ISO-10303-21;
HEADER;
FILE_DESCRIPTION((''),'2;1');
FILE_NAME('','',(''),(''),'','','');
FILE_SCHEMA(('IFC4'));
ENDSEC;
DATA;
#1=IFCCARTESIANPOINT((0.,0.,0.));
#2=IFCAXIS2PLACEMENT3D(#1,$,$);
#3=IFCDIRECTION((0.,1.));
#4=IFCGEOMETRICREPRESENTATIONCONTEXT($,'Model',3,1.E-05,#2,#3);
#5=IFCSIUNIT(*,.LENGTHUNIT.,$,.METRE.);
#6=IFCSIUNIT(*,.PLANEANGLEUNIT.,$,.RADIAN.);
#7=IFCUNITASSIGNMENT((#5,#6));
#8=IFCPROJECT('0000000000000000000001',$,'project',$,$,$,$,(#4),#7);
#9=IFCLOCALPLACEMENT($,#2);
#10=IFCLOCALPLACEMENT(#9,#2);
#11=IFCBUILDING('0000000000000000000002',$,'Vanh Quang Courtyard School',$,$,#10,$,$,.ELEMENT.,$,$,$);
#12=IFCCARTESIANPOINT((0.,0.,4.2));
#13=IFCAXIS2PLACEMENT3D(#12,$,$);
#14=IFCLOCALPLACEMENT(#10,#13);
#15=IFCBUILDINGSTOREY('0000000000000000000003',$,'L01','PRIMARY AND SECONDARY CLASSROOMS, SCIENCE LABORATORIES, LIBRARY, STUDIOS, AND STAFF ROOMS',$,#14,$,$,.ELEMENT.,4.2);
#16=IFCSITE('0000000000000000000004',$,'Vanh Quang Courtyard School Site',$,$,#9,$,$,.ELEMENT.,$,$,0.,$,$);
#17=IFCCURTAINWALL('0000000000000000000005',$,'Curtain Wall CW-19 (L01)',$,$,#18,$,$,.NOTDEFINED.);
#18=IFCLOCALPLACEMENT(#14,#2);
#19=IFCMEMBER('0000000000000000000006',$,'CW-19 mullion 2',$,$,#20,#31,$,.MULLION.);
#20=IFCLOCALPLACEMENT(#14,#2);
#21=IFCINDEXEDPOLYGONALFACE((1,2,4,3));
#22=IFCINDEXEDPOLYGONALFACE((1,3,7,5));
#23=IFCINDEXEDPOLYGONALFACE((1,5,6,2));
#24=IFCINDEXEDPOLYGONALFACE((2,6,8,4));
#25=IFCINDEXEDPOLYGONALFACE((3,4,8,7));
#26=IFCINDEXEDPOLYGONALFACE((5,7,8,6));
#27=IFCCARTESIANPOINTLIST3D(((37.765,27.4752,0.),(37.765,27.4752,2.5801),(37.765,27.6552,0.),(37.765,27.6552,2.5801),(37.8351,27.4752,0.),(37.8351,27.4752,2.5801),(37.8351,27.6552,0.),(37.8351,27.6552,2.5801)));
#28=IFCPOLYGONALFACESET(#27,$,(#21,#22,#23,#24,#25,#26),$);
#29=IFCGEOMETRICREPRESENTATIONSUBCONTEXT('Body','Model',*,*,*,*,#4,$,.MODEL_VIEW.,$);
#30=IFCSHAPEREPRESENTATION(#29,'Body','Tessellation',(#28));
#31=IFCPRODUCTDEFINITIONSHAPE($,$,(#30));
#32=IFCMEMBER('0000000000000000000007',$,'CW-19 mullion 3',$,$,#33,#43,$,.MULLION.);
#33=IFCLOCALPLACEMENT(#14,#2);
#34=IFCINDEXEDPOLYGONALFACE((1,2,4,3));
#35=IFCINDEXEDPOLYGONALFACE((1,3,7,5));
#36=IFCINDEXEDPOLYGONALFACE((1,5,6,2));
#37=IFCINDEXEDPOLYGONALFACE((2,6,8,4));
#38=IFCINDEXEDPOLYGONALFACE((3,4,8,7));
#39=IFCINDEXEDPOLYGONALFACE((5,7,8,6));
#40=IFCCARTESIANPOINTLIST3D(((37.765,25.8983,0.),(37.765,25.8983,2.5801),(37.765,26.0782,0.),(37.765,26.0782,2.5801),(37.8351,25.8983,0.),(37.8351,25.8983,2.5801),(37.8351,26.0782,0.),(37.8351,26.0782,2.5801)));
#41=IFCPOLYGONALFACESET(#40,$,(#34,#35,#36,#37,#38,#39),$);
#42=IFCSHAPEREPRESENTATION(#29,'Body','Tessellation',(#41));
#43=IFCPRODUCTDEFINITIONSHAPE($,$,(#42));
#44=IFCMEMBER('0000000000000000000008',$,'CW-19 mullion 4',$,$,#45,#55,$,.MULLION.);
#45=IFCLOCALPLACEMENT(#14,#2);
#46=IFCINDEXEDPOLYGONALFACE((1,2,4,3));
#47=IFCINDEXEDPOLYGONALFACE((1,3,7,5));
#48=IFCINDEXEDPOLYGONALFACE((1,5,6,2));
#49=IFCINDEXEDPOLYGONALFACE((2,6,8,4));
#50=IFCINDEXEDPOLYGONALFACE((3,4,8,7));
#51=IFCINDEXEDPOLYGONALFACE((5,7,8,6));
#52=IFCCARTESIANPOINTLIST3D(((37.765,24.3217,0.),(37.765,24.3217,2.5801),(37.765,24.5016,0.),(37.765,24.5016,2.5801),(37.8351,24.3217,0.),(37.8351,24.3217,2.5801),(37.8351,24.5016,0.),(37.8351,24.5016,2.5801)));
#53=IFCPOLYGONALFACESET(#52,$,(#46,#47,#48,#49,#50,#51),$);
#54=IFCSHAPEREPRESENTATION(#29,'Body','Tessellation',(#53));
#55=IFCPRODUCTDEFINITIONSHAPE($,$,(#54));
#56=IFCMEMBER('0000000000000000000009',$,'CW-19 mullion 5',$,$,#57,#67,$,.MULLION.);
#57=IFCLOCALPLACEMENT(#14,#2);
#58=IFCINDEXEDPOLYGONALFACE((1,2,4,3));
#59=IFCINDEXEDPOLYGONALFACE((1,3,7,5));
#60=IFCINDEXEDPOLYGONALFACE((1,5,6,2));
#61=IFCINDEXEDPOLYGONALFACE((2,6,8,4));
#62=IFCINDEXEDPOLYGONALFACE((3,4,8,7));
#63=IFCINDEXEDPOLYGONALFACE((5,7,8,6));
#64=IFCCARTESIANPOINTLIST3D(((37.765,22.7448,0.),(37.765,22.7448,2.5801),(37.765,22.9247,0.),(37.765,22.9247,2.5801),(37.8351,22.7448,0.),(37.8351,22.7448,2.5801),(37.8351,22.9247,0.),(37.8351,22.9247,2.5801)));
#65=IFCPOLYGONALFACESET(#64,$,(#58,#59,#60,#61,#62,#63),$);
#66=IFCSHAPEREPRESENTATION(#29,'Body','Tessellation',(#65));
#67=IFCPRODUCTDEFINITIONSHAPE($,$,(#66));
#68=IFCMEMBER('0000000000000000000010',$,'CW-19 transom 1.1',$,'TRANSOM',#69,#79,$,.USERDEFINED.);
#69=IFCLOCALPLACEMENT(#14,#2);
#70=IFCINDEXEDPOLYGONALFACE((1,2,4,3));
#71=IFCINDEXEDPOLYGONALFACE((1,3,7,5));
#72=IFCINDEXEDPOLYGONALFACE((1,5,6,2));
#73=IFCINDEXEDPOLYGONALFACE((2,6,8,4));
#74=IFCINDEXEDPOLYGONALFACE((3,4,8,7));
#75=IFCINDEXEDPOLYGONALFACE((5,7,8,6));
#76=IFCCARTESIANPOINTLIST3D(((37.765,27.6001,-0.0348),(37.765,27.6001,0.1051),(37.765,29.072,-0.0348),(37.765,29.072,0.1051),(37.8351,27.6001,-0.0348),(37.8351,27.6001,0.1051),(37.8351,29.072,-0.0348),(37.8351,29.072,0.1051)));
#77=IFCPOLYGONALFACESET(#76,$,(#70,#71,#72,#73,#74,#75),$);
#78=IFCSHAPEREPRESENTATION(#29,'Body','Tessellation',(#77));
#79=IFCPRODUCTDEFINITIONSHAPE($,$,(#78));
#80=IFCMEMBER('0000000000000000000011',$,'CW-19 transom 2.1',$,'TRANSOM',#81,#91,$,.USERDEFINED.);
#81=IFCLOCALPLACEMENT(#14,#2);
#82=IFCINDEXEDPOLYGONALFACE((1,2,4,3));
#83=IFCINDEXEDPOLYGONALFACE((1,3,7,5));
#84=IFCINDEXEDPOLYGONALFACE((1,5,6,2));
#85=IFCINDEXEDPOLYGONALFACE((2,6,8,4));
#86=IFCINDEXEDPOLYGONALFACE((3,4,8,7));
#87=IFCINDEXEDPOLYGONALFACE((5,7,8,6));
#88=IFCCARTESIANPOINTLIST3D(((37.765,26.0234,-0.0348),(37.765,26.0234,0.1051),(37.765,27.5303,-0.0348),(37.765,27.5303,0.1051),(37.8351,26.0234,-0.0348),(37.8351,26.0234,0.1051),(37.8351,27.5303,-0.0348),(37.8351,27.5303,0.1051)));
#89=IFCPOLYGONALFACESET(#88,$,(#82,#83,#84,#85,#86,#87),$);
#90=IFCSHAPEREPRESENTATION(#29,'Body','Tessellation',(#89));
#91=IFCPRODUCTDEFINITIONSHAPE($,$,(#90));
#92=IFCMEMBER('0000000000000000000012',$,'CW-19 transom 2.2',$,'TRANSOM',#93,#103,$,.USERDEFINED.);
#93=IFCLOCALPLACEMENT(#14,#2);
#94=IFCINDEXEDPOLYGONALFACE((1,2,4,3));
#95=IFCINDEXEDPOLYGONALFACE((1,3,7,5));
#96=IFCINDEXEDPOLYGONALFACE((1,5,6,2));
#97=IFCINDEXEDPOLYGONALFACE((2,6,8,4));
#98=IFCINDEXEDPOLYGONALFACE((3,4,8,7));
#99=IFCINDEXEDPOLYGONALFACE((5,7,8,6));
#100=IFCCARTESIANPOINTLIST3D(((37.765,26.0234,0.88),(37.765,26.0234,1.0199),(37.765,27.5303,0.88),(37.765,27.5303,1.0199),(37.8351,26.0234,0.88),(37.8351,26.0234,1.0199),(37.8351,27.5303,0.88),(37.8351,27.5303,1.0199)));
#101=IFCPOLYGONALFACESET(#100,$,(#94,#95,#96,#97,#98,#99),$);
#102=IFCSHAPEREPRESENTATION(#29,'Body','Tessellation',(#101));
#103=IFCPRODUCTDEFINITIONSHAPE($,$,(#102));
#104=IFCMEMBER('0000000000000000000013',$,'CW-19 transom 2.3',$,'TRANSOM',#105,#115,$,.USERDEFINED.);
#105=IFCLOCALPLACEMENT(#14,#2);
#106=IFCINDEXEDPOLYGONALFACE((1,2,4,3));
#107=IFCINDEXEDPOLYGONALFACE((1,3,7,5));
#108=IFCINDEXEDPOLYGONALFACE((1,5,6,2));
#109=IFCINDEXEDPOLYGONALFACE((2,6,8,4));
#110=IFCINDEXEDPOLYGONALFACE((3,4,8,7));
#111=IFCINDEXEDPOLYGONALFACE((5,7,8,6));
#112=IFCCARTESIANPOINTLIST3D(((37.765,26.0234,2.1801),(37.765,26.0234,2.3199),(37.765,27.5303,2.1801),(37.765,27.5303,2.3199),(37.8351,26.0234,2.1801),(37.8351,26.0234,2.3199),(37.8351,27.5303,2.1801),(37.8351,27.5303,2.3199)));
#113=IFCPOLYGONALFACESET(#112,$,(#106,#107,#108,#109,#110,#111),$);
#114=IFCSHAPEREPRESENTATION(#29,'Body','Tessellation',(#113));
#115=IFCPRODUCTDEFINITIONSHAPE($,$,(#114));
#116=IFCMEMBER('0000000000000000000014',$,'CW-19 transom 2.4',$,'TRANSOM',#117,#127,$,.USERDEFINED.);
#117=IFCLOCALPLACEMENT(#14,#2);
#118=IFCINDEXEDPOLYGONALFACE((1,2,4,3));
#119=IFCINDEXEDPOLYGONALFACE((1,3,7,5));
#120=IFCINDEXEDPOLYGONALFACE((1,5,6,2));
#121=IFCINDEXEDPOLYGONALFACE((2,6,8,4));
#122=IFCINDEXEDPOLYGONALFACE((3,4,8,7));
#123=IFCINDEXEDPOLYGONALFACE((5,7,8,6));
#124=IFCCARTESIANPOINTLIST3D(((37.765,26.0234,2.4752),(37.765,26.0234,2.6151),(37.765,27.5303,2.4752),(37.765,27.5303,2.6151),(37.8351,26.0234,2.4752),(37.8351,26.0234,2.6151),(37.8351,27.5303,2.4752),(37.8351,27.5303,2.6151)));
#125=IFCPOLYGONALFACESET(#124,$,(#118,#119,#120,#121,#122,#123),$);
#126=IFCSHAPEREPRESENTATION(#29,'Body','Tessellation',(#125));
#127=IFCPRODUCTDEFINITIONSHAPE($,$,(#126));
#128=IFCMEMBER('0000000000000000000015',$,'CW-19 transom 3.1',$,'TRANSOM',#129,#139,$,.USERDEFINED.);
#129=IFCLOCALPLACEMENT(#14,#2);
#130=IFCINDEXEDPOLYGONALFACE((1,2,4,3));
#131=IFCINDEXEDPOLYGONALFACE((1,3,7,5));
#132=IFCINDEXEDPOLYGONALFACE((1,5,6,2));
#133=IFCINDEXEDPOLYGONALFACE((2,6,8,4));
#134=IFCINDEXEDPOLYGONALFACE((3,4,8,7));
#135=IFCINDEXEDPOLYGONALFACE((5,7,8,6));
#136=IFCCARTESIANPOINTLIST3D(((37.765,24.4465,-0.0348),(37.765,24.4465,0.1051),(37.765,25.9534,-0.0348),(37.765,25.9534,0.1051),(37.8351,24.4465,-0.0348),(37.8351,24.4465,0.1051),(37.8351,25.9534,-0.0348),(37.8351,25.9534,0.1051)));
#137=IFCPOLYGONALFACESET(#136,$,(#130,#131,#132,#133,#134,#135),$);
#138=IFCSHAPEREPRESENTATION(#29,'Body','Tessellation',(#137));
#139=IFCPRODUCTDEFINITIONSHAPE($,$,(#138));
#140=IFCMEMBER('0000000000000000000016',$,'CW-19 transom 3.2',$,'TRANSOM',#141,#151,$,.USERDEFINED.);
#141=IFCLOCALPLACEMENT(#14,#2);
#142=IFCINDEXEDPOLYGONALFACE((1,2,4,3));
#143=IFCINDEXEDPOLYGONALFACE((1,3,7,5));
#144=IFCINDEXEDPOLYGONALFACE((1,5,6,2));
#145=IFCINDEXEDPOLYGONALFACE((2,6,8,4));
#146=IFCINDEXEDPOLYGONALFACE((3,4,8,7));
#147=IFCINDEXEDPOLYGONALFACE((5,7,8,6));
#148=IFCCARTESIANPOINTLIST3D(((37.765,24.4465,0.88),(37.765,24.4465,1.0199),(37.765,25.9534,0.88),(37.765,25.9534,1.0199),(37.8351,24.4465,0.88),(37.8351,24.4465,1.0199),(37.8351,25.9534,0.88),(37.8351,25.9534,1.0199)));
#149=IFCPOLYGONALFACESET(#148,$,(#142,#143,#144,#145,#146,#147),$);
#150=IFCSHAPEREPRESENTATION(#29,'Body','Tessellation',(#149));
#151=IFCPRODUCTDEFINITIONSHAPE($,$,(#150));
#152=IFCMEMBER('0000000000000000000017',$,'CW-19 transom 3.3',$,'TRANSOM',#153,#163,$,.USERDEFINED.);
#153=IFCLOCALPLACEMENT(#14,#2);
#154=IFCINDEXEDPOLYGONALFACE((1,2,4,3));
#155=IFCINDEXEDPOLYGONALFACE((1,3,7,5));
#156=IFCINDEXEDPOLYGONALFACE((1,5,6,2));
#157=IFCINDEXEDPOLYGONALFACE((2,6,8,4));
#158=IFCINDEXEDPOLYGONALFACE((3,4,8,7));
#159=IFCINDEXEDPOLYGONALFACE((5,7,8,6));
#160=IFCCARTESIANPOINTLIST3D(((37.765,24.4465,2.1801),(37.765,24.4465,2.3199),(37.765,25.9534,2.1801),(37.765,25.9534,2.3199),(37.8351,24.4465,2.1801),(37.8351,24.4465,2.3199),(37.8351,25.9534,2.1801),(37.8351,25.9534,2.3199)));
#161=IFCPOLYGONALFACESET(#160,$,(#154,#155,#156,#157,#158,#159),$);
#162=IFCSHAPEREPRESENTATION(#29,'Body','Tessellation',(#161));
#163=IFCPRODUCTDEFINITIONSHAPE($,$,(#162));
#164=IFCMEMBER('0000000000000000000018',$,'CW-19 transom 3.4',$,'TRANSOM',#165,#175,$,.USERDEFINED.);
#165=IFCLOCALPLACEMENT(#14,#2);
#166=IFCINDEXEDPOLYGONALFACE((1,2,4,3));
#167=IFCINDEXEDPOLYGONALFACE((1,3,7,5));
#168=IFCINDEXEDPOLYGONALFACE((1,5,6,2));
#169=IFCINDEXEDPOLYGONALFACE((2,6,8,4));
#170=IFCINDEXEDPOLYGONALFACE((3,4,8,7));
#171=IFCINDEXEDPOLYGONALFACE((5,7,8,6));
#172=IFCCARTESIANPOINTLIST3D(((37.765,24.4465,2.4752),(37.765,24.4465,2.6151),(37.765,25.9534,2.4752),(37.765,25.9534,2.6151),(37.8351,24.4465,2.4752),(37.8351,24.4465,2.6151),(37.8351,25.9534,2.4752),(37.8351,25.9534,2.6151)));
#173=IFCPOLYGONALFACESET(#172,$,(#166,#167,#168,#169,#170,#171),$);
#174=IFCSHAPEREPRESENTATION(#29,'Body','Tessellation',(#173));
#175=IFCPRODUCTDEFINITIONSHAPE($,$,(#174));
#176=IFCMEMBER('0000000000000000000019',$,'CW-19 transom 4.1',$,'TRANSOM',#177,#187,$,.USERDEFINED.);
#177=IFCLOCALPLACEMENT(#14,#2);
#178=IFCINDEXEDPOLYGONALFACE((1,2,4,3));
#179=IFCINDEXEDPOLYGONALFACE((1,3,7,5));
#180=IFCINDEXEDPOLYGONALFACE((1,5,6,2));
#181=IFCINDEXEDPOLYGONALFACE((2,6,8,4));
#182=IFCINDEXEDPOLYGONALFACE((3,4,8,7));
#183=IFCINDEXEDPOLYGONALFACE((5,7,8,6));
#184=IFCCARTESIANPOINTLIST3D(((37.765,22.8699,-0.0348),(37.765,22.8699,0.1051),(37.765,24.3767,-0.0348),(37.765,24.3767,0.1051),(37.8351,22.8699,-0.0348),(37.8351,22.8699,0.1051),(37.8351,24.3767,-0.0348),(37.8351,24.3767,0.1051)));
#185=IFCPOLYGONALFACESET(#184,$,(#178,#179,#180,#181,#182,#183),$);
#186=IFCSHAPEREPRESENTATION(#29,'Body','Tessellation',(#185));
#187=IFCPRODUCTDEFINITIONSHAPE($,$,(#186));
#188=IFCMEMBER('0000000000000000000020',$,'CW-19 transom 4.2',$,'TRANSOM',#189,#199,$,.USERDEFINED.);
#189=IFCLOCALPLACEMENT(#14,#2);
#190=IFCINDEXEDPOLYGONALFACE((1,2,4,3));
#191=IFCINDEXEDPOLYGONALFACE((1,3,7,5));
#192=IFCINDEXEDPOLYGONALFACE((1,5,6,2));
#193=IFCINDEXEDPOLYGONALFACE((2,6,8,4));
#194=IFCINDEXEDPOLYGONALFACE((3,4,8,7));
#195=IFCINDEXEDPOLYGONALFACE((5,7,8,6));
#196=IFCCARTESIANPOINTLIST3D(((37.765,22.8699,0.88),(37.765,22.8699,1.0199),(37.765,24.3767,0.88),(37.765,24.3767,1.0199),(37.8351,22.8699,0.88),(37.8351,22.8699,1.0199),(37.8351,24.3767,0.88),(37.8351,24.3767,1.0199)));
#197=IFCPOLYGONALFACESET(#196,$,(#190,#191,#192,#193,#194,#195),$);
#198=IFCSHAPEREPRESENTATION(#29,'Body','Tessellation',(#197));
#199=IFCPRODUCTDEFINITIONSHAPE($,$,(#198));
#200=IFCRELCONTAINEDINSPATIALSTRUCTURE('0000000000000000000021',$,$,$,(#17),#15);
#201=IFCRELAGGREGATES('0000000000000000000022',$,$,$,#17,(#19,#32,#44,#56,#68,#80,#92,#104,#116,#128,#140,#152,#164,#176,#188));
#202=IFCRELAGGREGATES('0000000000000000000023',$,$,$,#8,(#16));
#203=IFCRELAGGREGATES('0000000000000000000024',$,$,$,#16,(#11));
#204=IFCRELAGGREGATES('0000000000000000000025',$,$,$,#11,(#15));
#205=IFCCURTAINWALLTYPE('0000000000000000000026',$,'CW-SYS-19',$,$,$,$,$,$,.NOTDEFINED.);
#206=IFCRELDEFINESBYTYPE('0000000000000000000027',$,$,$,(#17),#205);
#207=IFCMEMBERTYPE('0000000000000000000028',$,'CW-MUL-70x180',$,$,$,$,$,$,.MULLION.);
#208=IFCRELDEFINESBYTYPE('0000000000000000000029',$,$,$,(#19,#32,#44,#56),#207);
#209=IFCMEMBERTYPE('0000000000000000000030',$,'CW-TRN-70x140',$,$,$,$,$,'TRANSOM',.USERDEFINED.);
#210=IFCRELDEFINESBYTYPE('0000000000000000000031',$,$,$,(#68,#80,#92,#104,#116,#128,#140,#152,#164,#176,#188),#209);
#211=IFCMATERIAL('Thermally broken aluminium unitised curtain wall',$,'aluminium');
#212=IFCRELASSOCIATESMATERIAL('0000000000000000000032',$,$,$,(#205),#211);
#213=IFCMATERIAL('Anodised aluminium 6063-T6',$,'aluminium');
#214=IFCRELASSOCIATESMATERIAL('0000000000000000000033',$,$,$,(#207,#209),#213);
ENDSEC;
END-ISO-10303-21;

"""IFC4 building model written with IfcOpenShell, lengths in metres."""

from ifc_helpers import new_model, si_unit, direction, frame, origin, origin_2d, place, context, subcontext, project, spatial, rectangle, extrude, material, material_profile, profile_set, type_object, element, aggregate, save


model = new_model("IFC4")

# Units and contexts
model_context = context("Model", 3, precision=1e-05, world=origin(), true_north=direction((0.0, 1.0)))
body_context = subcontext(model_context, "Body", "Model", "MODEL_VIEW")
ifc_project = project(units=[si_unit("LENGTHUNIT", "METRE"), si_unit("PLANEANGLEUNIT", "RADIAN")], contexts=[model_context])

# Site, building, storey
site_placement = place(None, origin())
site = spatial("IfcSite", under=ifc_project, at=site_placement, Name="Vanh Quang Courtyard School Site", CompositionType="ELEMENT", RefElevation=0.0)
building_placement = place(site_placement, origin())
building = spatial("IfcBuilding", under=site, at=building_placement, Name="Vanh Quang Courtyard School", CompositionType="ELEMENT")
storey_placement = place(building_placement, frame((0.0, 0.0, 4.2)))
storey = spatial("IfcBuildingStorey", under=building, at=storey_placement, Name="L01", Description="PRIMARY AND SECONDARY CLASSROOMS, SCIENCE LABORATORIES, LIBRARY, STUDIOS, AND STAFF ROOMS", CompositionType="ELEMENT", Elevation=4.2)

# Curtain wall, members
ifc_material_1 = material(Name="Thermally broken aluminium unitised curtain wall", Category="aluminium")
curtain_wall_type = type_object("IfcCurtainWallType", Name="CW-SYS-19", PredefinedType="NOTDEFINED", material=ifc_material_1)
curtain_wall_placement = place(storey_placement, origin())
curtain_wall = element("IfcCurtainWall", 1, at=curtain_wall_placement, inside=storey, type_object=curtain_wall_type, Name="Curtain Wall CW-19 (L01)", PredefinedType="NOTDEFINED")
ifc_material_2 = material(Name="Anodised aluminium 6063-T6", Category="aluminium")
ifc_material_profile_1 = material_profile(ifc_material_2, rectangle(XDim=0.0701, YDim=0.1799, at=origin_2d()), Name="ALU-MUL 70x180")
ifc_profile_set_1 = profile_set([ifc_material_profile_1], Name="Anodised aluminium 6063-T6")
member_type_1 = type_object("IfcMemberType", Name="CW-MUL-70x180", PredefinedType="MULLION", material=ifc_profile_set_1)
member_1_placement = place(storey_placement, frame((37.8, 27.5652, 0.0), z_axis=(0.0, 0.0, 1.0), x_axis=(1.0, 0.0, 0.0)))
member_1 = element("IfcMember", 2, at=member_1_placement, type_object=member_type_1, Name="CW-19 mullion 2", PredefinedType="MULLION", context=body_context, shape_type="SweptSolid", body=[
    extrude(rectangle(XDim=0.0701, YDim=0.1799, at=origin_2d()), origin(), (0.0, 0.0, 1.0), 2.5801),
])
member_2_placement = place(storey_placement, frame((37.8, 25.9883, 0.0), z_axis=(0.0, 0.0, 1.0), x_axis=(1.0, 0.0, 0.0)))
member_2 = element("IfcMember", 3, at=member_2_placement, type_object=member_type_1, Name="CW-19 mullion 3", PredefinedType="MULLION", context=body_context, shape_type="SweptSolid", body=[
    extrude(rectangle(XDim=0.0701, YDim=0.1799, at=origin_2d()), origin(), (0.0, 0.0, 1.0), 2.5801),
])
member_3_placement = place(storey_placement, frame((37.8, 24.4116, 0.0), z_axis=(0.0, 0.0, 1.0), x_axis=(1.0, 0.0, 0.0)))
member_3 = element("IfcMember", 4, at=member_3_placement, type_object=member_type_1, Name="CW-19 mullion 4", PredefinedType="MULLION", context=body_context, shape_type="SweptSolid", body=[
    extrude(rectangle(XDim=0.0701, YDim=0.1799, at=origin_2d()), origin(), (0.0, 0.0, 1.0), 2.5801),
])
member_4_placement = place(storey_placement, frame((37.8, 22.8347, 0.0), z_axis=(0.0, 0.0, 1.0), x_axis=(1.0, 0.0, 0.0)))
member_4 = element("IfcMember", 5, at=member_4_placement, type_object=member_type_1, Name="CW-19 mullion 5", PredefinedType="MULLION", context=body_context, shape_type="SweptSolid", body=[
    extrude(rectangle(XDim=0.0701, YDim=0.1799, at=origin_2d()), origin(), (0.0, 0.0, 1.0), 2.5801),
])
ifc_material_profile_2 = material_profile(ifc_material_2, rectangle(XDim=0.0701, YDim=0.1399, at=origin_2d()), Name="ALU-TRN 70x140")
ifc_profile_set_2 = profile_set([ifc_material_profile_2], Name="Anodised aluminium 6063-T6")
member_type_2 = type_object("IfcMemberType", Name="CW-TRN-70x140", ElementType="TRANSOM", PredefinedType="USERDEFINED", material=ifc_profile_set_2)
member_5_placement = place(storey_placement, frame((37.8, 29.072, 0.0352), z_axis=(0.0, -1.0, 0.0), x_axis=(1.0, 0.0, 0.0)))
member_5 = element("IfcMember", 6, at=member_5_placement, type_object=member_type_2, Name="CW-19 transom 1.1", ObjectType="TRANSOM", PredefinedType="USERDEFINED", context=body_context, shape_type="SweptSolid", body=[
    extrude(rectangle(XDim=0.0701, YDim=0.1399, at=origin_2d()), origin(), (0.0, 0.0, 1.0), 1.4719),
])
member_6_placement = place(storey_placement, frame((37.8, 27.5303, 0.0352), z_axis=(0.0, -1.0, 0.0), x_axis=(1.0, 0.0, 0.0)))
member_6 = element("IfcMember", 7, at=member_6_placement, type_object=member_type_2, Name="CW-19 transom 2.1", ObjectType="TRANSOM", PredefinedType="USERDEFINED", context=body_context, shape_type="SweptSolid", body=[
    extrude(rectangle(XDim=0.0701, YDim=0.1399, at=origin_2d()), origin(), (0.0, 0.0, 1.0), 1.5068),
])
member_7_placement = place(storey_placement, frame((37.8, 27.5303, 0.95), z_axis=(0.0, -1.0, 0.0), x_axis=(1.0, 0.0, 0.0)))
member_7 = element("IfcMember", 8, at=member_7_placement, type_object=member_type_2, Name="CW-19 transom 2.2", ObjectType="TRANSOM", PredefinedType="USERDEFINED", context=body_context, shape_type="SweptSolid", body=[
    extrude(rectangle(XDim=0.0701, YDim=0.1399, at=origin_2d()), origin(), (0.0, 0.0, 1.0), 1.5068),
])
member_8_placement = place(storey_placement, frame((37.8, 27.5303, 2.25), z_axis=(0.0, -1.0, 0.0), x_axis=(1.0, 0.0, 0.0)))
member_8 = element("IfcMember", 9, at=member_8_placement, type_object=member_type_2, Name="CW-19 transom 2.3", ObjectType="TRANSOM", PredefinedType="USERDEFINED", context=body_context, shape_type="SweptSolid", body=[
    extrude(rectangle(XDim=0.0701, YDim=0.1399, at=origin_2d()), origin(), (0.0, 0.0, 1.0), 1.5068),
])
member_9_placement = place(storey_placement, frame((37.8, 27.5303, 2.5452), z_axis=(0.0, -1.0, 0.0), x_axis=(1.0, 0.0, 0.0)))
member_9 = element("IfcMember", 10, at=member_9_placement, type_object=member_type_2, Name="CW-19 transom 2.4", ObjectType="TRANSOM", PredefinedType="USERDEFINED", context=body_context, shape_type="SweptSolid", body=[
    extrude(rectangle(XDim=0.0701, YDim=0.1399, at=origin_2d()), origin(), (0.0, 0.0, 1.0), 1.5068),
])
member_10_placement = place(storey_placement, frame((37.8, 25.9534, 0.0352), z_axis=(0.0, -1.0, 0.0), x_axis=(1.0, 0.0, 0.0)))
member_10 = element("IfcMember", 11, at=member_10_placement, type_object=member_type_2, Name="CW-19 transom 3.1", ObjectType="TRANSOM", PredefinedType="USERDEFINED", context=body_context, shape_type="SweptSolid", body=[
    extrude(rectangle(XDim=0.0701, YDim=0.1399, at=origin_2d()), origin(), (0.0, 0.0, 1.0), 1.5068),
])
member_11_placement = place(storey_placement, frame((37.8, 25.9534, 0.95), z_axis=(0.0, -1.0, 0.0), x_axis=(1.0, 0.0, 0.0)))
member_11 = element("IfcMember", 12, at=member_11_placement, type_object=member_type_2, Name="CW-19 transom 3.2", ObjectType="TRANSOM", PredefinedType="USERDEFINED", context=body_context, shape_type="SweptSolid", body=[
    extrude(rectangle(XDim=0.0701, YDim=0.1399, at=origin_2d()), origin(), (0.0, 0.0, 1.0), 1.5068),
])
member_12_placement = place(storey_placement, frame((37.8, 25.9534, 2.25), z_axis=(0.0, -1.0, 0.0), x_axis=(1.0, 0.0, 0.0)))
member_12 = element("IfcMember", 13, at=member_12_placement, type_object=member_type_2, Name="CW-19 transom 3.3", ObjectType="TRANSOM", PredefinedType="USERDEFINED", context=body_context, shape_type="SweptSolid", body=[
    extrude(rectangle(XDim=0.0701, YDim=0.1399, at=origin_2d()), origin(), (0.0, 0.0, 1.0), 1.5068),
])
member_13_placement = place(storey_placement, frame((37.8, 25.9534, 2.5452), z_axis=(0.0, -1.0, 0.0), x_axis=(1.0, 0.0, 0.0)))
member_13 = element("IfcMember", 14, at=member_13_placement, type_object=member_type_2, Name="CW-19 transom 3.4", ObjectType="TRANSOM", PredefinedType="USERDEFINED", context=body_context, shape_type="SweptSolid", body=[
    extrude(rectangle(XDim=0.0701, YDim=0.1399, at=origin_2d()), origin(), (0.0, 0.0, 1.0), 1.5068),
])
member_14_placement = place(storey_placement, frame((37.8, 24.3767, 0.0352), z_axis=(0.0, -1.0, 0.0), x_axis=(1.0, 0.0, 0.0)))
member_14 = element("IfcMember", 15, at=member_14_placement, type_object=member_type_2, Name="CW-19 transom 4.1", ObjectType="TRANSOM", PredefinedType="USERDEFINED", context=body_context, shape_type="SweptSolid", body=[
    extrude(rectangle(XDim=0.0701, YDim=0.1399, at=origin_2d()), origin(), (0.0, 0.0, 1.0), 1.5068),
])
member_15_placement = place(storey_placement, frame((37.8, 24.3767, 0.95), z_axis=(0.0, -1.0, 0.0), x_axis=(1.0, 0.0, 0.0)))
member_15 = element("IfcMember", 16, at=member_15_placement, type_object=member_type_2, Name="CW-19 transom 4.2", ObjectType="TRANSOM", PredefinedType="USERDEFINED", context=body_context, shape_type="SweptSolid", body=[
    extrude(rectangle(XDim=0.0701, YDim=0.1399, at=origin_2d()), origin(), (0.0, 0.0, 1.0), 1.5068),
])

aggregate(curtain_wall, [member_1, member_2, member_3, member_4, member_5, member_6, member_7, member_8, member_9, member_10, member_11, member_12, member_13, member_14, member_15])

save(model, "model.ifc")
